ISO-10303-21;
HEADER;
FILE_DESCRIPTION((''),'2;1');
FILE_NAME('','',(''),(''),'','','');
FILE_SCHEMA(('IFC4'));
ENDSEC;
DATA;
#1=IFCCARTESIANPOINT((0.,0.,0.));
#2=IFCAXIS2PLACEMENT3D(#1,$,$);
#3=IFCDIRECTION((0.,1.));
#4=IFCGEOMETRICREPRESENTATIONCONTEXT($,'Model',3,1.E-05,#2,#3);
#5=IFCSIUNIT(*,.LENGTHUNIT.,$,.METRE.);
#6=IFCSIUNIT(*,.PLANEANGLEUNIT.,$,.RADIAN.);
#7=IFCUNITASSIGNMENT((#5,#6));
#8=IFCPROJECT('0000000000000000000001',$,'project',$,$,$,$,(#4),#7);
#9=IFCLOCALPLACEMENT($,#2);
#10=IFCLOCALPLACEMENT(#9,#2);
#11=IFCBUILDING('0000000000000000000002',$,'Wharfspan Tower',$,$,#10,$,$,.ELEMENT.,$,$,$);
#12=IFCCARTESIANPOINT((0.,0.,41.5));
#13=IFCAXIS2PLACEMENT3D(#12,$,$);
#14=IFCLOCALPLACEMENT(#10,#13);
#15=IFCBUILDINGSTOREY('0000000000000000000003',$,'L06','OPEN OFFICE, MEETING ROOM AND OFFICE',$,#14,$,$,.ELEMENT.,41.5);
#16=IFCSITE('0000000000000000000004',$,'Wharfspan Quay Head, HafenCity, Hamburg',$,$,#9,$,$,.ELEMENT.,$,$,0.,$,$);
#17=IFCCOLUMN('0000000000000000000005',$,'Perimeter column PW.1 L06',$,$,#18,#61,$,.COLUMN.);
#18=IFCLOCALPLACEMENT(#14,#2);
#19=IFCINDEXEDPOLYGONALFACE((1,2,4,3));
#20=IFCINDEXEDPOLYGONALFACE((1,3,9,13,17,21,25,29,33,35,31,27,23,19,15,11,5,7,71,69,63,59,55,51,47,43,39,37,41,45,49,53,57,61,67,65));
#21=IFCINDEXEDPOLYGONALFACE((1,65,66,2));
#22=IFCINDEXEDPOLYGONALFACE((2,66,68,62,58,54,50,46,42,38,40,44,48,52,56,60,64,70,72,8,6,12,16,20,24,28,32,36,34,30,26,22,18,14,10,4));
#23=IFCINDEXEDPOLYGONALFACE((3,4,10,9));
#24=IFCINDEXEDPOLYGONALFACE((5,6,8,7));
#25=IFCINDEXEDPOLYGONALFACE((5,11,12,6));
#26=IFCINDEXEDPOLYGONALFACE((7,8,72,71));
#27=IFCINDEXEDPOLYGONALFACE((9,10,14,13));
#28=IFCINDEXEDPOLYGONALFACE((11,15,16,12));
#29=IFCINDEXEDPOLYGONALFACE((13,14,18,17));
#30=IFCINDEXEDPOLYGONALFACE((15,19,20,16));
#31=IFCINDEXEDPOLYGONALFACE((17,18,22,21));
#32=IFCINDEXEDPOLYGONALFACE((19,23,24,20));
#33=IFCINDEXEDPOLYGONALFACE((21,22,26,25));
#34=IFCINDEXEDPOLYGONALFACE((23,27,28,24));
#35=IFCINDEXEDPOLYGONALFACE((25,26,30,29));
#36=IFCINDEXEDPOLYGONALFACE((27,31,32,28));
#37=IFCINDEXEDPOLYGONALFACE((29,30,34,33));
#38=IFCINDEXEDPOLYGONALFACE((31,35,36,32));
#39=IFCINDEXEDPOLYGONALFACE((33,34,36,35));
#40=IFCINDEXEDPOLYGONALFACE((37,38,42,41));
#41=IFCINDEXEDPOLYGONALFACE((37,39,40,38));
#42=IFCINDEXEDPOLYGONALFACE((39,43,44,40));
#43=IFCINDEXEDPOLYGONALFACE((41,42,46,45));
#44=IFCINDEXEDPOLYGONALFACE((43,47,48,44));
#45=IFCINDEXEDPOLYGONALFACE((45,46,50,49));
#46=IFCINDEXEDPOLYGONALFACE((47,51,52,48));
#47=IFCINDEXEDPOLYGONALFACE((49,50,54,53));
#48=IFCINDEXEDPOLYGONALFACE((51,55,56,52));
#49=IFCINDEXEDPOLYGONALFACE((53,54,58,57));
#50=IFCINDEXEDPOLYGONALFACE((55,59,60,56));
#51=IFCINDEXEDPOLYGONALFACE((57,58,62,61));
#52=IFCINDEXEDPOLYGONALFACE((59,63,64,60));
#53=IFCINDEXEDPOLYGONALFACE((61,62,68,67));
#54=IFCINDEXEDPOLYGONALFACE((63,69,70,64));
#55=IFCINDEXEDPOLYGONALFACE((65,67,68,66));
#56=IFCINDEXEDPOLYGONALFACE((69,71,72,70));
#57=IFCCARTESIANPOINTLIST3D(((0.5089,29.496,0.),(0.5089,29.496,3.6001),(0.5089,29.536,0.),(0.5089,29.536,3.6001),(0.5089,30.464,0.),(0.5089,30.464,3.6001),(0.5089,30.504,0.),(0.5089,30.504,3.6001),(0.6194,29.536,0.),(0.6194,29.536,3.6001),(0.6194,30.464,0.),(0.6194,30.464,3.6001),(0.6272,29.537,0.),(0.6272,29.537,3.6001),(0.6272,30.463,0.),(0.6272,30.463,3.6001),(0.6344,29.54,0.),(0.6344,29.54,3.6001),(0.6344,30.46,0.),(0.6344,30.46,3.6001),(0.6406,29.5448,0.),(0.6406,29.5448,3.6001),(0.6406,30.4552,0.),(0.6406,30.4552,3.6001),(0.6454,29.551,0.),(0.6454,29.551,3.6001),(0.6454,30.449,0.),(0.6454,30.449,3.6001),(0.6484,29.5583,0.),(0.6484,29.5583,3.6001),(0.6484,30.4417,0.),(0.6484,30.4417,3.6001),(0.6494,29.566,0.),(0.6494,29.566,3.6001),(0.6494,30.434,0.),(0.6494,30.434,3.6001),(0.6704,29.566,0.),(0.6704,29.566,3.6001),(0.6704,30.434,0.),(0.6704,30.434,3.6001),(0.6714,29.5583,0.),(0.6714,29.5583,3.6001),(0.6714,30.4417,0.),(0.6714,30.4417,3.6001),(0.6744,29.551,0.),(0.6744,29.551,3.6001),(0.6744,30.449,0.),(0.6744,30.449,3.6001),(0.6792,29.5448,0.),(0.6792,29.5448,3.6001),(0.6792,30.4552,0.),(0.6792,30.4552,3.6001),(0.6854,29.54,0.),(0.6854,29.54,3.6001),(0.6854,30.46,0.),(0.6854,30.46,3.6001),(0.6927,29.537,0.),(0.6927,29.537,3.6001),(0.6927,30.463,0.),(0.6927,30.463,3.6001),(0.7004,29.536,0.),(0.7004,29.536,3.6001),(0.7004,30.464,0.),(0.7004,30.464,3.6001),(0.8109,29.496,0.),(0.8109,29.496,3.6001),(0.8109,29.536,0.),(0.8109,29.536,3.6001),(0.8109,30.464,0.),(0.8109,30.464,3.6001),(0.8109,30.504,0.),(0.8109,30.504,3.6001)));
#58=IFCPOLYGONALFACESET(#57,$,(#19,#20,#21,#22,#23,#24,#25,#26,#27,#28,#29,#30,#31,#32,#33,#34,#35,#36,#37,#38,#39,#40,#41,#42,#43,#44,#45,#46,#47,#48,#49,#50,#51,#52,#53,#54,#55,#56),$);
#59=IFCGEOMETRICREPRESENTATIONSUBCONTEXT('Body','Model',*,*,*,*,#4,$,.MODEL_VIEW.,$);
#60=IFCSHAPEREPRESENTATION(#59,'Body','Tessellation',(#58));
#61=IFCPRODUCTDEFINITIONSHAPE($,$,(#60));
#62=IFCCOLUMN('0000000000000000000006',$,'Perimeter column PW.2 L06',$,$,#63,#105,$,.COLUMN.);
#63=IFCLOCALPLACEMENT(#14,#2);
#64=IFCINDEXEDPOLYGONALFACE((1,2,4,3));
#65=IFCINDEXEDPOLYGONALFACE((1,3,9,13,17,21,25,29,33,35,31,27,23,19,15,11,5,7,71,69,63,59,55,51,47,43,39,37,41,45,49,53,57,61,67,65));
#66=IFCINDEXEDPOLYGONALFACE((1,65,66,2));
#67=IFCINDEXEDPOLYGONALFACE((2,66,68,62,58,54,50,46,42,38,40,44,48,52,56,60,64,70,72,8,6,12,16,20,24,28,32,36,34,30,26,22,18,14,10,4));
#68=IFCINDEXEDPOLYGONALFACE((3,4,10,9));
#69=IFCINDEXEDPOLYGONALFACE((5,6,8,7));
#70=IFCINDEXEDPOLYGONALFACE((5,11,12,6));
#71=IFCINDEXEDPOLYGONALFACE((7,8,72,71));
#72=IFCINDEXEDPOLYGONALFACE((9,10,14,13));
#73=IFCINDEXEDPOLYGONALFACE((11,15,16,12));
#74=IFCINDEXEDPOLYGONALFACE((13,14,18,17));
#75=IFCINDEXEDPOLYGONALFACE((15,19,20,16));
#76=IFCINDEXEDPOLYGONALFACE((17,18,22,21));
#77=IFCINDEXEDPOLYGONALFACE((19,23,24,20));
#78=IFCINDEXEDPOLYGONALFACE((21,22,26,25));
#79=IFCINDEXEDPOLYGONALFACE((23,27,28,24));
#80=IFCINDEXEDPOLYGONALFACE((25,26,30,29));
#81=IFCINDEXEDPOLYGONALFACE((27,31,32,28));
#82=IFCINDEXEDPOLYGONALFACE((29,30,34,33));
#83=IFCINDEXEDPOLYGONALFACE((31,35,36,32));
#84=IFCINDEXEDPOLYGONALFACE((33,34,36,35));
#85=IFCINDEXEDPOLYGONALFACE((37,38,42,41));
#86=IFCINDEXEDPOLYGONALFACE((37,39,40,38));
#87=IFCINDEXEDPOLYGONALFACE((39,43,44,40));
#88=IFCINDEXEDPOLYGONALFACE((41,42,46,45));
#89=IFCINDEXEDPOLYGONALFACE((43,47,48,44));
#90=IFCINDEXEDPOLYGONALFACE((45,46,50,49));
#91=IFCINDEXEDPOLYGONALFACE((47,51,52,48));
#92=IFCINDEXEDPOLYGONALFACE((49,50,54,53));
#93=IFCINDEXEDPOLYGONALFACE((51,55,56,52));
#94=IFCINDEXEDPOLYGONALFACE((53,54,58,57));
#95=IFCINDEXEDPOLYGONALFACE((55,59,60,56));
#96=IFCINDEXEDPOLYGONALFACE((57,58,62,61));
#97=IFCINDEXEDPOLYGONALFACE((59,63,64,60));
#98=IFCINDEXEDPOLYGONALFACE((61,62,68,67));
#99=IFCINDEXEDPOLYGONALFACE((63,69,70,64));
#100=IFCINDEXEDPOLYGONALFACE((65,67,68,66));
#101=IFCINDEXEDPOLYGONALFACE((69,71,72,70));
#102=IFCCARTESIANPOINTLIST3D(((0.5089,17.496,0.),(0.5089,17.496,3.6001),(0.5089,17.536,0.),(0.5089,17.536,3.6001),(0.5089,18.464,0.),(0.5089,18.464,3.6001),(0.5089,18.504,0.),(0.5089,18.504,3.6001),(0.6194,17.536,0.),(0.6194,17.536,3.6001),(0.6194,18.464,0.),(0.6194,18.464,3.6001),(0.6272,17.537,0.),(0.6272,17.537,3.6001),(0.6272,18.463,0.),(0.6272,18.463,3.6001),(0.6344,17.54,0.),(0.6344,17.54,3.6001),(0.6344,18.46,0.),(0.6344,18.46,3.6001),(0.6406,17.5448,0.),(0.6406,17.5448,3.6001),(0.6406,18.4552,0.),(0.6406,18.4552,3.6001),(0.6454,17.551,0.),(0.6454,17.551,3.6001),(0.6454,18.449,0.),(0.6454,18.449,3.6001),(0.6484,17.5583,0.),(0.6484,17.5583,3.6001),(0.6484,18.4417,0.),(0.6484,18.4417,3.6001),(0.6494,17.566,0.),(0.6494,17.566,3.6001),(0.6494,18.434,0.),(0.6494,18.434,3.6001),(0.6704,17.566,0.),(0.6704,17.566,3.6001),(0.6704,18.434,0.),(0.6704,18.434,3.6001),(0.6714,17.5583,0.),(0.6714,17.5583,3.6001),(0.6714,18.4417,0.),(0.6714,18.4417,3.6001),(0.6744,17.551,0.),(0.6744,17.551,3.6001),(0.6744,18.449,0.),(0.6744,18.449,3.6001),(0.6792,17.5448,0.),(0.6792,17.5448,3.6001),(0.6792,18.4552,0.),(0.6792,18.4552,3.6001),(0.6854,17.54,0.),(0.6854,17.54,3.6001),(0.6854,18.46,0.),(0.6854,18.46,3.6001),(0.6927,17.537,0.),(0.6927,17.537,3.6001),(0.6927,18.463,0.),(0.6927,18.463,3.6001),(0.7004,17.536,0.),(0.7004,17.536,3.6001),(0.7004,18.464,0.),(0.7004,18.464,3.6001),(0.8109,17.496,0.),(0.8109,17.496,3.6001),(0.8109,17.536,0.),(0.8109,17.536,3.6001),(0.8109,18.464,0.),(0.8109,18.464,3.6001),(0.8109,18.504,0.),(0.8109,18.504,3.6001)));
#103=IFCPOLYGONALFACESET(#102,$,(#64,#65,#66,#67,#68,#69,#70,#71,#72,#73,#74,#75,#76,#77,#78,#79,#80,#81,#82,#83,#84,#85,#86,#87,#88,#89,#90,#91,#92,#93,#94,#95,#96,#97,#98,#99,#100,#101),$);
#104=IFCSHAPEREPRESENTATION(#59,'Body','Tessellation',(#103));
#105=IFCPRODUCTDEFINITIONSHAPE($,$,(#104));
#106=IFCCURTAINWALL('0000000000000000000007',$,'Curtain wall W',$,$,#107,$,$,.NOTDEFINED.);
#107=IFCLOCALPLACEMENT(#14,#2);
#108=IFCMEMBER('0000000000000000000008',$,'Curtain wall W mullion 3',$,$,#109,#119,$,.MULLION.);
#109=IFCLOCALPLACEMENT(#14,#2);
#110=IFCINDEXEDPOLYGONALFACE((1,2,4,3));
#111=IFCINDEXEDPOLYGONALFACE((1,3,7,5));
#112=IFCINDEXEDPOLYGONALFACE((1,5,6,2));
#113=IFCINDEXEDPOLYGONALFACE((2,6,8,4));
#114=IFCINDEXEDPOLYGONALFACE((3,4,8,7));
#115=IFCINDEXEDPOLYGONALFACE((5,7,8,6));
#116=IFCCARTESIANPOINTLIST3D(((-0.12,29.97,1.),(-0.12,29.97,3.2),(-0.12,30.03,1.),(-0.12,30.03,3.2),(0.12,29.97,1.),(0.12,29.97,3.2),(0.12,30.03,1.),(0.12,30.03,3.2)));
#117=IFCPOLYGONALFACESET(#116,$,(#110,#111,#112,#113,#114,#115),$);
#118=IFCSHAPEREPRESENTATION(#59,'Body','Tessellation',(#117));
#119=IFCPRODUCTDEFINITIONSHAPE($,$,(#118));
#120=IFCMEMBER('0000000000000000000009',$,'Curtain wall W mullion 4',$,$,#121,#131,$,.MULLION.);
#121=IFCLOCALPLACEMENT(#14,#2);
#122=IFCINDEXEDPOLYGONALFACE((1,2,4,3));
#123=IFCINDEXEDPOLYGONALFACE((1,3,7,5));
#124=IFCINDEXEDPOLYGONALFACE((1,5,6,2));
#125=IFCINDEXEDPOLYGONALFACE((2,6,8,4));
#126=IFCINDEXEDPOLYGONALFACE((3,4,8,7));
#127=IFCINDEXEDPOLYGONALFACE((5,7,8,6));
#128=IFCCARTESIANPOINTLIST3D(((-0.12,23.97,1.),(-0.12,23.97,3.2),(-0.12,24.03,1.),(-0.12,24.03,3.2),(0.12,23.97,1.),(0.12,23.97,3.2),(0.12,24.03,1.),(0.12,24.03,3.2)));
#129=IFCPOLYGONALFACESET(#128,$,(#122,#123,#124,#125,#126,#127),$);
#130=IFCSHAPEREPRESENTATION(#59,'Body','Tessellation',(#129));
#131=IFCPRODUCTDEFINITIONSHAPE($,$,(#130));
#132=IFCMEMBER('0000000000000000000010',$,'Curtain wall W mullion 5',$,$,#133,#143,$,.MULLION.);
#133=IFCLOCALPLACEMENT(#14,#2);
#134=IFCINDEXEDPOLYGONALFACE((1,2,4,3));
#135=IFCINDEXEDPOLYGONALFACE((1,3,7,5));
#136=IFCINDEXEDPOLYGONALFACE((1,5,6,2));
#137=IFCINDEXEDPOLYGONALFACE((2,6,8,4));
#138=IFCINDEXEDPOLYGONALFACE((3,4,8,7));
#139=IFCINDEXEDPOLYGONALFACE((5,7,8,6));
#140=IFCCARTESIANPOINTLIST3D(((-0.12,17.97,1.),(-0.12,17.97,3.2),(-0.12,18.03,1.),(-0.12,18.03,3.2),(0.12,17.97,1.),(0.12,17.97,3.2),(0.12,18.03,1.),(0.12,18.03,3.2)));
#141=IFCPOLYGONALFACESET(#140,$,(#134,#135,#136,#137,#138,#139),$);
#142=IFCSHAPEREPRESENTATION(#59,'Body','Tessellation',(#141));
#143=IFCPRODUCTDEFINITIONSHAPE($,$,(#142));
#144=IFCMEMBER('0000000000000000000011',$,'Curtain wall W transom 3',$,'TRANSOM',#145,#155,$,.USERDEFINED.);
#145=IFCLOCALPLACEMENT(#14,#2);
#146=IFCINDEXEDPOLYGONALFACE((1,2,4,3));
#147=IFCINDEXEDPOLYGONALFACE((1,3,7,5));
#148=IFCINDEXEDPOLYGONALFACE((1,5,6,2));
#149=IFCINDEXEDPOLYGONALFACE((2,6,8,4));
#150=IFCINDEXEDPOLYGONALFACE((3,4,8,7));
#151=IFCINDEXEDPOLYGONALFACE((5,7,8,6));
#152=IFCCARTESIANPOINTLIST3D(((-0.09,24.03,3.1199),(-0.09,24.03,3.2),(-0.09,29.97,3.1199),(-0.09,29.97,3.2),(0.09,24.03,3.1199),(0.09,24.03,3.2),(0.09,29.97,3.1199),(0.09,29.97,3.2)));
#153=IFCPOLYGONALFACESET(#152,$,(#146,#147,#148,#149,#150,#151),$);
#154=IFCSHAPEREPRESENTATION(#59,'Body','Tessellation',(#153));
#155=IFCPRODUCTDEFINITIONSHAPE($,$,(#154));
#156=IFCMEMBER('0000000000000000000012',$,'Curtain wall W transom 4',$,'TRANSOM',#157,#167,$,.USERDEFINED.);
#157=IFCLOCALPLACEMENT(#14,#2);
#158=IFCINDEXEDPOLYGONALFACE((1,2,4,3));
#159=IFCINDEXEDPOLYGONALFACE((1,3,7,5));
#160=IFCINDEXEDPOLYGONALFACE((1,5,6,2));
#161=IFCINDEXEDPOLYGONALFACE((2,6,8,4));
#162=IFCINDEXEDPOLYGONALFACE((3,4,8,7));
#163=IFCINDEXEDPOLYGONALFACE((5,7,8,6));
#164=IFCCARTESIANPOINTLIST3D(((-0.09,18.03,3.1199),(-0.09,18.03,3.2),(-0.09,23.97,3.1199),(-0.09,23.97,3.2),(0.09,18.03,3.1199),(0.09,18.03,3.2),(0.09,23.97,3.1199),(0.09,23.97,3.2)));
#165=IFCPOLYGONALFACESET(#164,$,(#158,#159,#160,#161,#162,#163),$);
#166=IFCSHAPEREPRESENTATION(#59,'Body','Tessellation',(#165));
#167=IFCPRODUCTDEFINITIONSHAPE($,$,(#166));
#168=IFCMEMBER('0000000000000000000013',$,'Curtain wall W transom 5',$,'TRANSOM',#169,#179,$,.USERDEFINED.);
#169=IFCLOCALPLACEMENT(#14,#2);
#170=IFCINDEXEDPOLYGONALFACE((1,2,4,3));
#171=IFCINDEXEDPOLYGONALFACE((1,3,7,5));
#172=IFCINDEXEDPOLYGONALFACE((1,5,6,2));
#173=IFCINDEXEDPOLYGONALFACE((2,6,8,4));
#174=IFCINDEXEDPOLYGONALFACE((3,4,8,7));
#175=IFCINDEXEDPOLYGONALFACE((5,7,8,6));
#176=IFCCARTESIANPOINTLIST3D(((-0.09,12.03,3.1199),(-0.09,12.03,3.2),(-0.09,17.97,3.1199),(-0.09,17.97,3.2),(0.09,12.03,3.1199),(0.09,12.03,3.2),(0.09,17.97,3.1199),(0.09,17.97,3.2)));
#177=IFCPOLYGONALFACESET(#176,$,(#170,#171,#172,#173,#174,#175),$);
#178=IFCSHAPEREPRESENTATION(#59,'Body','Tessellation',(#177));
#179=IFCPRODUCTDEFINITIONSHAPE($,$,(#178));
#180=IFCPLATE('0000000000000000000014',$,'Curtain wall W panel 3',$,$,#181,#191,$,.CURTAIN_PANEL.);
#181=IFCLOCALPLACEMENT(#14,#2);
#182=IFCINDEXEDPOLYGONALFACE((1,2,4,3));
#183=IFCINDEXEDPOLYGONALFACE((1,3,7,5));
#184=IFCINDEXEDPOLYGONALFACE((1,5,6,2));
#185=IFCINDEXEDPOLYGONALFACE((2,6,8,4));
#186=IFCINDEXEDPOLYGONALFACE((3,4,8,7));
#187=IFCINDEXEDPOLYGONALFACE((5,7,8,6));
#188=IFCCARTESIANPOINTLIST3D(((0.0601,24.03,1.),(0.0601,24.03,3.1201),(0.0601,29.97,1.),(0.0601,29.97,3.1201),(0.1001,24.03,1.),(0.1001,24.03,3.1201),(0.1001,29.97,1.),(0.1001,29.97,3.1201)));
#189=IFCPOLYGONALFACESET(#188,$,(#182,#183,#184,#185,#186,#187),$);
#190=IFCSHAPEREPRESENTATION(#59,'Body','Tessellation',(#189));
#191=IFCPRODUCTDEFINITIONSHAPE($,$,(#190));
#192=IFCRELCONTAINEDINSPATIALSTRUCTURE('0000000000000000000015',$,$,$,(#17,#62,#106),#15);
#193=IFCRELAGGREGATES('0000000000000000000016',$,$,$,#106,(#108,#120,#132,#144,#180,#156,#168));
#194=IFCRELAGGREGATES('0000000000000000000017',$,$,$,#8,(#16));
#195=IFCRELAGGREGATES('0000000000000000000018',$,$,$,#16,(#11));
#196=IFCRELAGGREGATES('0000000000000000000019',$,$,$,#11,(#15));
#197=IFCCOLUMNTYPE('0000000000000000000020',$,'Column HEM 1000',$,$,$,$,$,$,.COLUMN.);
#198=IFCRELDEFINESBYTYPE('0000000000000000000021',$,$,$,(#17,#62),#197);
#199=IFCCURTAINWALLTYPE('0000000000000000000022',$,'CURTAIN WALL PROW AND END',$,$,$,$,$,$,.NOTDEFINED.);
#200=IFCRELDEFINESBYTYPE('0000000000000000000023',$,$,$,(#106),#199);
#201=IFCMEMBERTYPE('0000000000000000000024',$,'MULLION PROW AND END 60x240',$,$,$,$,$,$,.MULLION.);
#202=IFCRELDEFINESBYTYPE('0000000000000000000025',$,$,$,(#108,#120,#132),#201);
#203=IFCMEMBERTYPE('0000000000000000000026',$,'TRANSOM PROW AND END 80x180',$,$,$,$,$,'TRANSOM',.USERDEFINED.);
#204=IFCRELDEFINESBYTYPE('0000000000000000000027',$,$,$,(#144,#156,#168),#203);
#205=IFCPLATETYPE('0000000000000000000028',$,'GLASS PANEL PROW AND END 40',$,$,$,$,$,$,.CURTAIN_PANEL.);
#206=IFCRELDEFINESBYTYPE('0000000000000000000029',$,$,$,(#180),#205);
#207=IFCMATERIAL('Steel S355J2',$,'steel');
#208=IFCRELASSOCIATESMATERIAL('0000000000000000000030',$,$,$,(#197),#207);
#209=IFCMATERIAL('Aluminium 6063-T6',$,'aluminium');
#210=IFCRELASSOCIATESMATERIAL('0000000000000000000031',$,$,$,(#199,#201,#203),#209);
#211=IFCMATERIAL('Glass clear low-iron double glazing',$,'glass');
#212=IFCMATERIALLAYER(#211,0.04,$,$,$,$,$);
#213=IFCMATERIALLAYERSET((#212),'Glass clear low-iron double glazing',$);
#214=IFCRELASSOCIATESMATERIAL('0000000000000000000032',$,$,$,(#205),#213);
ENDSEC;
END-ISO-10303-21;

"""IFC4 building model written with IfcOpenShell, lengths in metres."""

from ifc_helpers import new_model, si_unit, direction, frame, origin, origin_2d, place, context, subcontext, project, spatial, rectangle, i_section, extrude, material, layer, layer_set, material_profile, profile_set, type_object, element, aggregate, save


model = new_model("IFC4")

# Units and contexts
model_context = context("Model", 3, precision=1e-05, world=origin(), true_north=direction((0.0, 1.0)))
body_context = subcontext(model_context, "Body", "Model", "MODEL_VIEW")
ifc_project = project(units=[si_unit("LENGTHUNIT", "METRE"), si_unit("PLANEANGLEUNIT", "RADIAN")], contexts=[model_context])

# Site, building, storey
site_placement = place(None, origin())
site = spatial("IfcSite", under=ifc_project, at=site_placement, Name="Wharfspan Quay Head, HafenCity, Hamburg", CompositionType="ELEMENT", RefElevation=0.0)
building_placement = place(site_placement, origin())
building = spatial("IfcBuilding", under=site, at=building_placement, Name="Wharfspan Tower", CompositionType="ELEMENT")
storey_placement = place(building_placement, frame((0.0, 0.0, 41.5)))
storey = spatial("IfcBuildingStorey", under=building, at=storey_placement, Name="L06", Description="OPEN OFFICE, MEETING ROOM AND OFFICE", CompositionType="ELEMENT", Elevation=41.5)

# Columns
ifc_material_1 = material(Name="Steel S355J2", Category="steel")
ifc_material_profile_1 = material_profile(ifc_material_1, i_section(OverallWidth=0.302, OverallDepth=1.0081, WebThickness=0.021, FlangeThickness=0.04, FilletRadius=0.03, at=origin_2d()))
ifc_profile_set_1 = profile_set([ifc_material_profile_1], Name="Steel S355J2")
column_type = type_object("IfcColumnType", Name="Column HEM 1000", PredefinedType="COLUMN", material=ifc_profile_set_1)
for number, where, z_axis, x_axis, name in (
    (1, (0.6599, 30.0, 0.0), (0.0, 0.0, 1.0), (-1.0, 0.0, 0.0), "Perimeter column PW.1 L06"),
    (2, (0.6599, 18.0, 0.0), (0.0, 0.0, 1.0), (-1.0, 0.0, 0.0), "Perimeter column PW.2 L06"),
):
    element("IfcColumn", number, at=place(storey_placement, frame(where, z_axis=z_axis, x_axis=x_axis)), inside=storey, type_object=column_type, Name=name, PredefinedType="COLUMN", context=body_context, shape_type="SweptSolid", body=[
        extrude(i_section(OverallWidth=0.302, OverallDepth=1.0081, WebThickness=0.021, FlangeThickness=0.04, FilletRadius=0.03, at=origin_2d()), origin(), (0.0, 0.0, 1.0), 3.6001),
    ])

# Curtain wall, members, plate
ifc_material_2 = material(Name="Aluminium 6063-T6", Category="aluminium")
curtain_wall_type = type_object("IfcCurtainWallType", Name="CURTAIN WALL PROW AND END", PredefinedType="NOTDEFINED", material=ifc_material_2)
curtain_wall_placement = place(storey_placement, origin())
curtain_wall = element("IfcCurtainWall", 3, at=curtain_wall_placement, inside=storey, type_object=curtain_wall_type, Name="Curtain wall W", PredefinedType="NOTDEFINED")
ifc_material_profile_2 = material_profile(ifc_material_2, rectangle(XDim=0.24, YDim=0.0601, at=origin_2d()))
ifc_profile_set_2 = profile_set([ifc_material_profile_2], Name="Aluminium 6063-T6")
member_type_1 = type_object("IfcMemberType", Name="MULLION PROW AND END 60x240", PredefinedType="MULLION", material=ifc_profile_set_2)
member_1_placement = place(storey_placement, frame((0.0, 30.0, 1.0), z_axis=(0.0, 0.0, 1.0), x_axis=(1.0, 0.0, 0.0)))
member_1 = element("IfcMember", 4, at=member_1_placement, type_object=member_type_1, Name="Curtain wall W mullion 3", PredefinedType="MULLION", context=body_context, shape_type="SweptSolid", body=[
    extrude(rectangle(XDim=0.24, YDim=0.0601, at=origin_2d()), origin(), (0.0, 0.0, 1.0), 2.2),
])
member_2_placement = place(storey_placement, frame((0.0, 24.0, 1.0), z_axis=(0.0, 0.0, 1.0), x_axis=(1.0, 0.0, 0.0)))
member_2 = element("IfcMember", 5, at=member_2_placement, type_object=member_type_1, Name="Curtain wall W mullion 4", PredefinedType="MULLION", context=body_context, shape_type="SweptSolid", body=[
    extrude(rectangle(XDim=0.24, YDim=0.0601, at=origin_2d()), origin(), (0.0, 0.0, 1.0), 2.2),
])
member_3_placement = place(storey_placement, frame((0.0, 18.0, 1.0), z_axis=(0.0, 0.0, 1.0), x_axis=(1.0, 0.0, 0.0)))
member_3 = element("IfcMember", 6, at=member_3_placement, type_object=member_type_1, Name="Curtain wall W mullion 5", PredefinedType="MULLION", context=body_context, shape_type="SweptSolid", body=[
    extrude(rectangle(XDim=0.24, YDim=0.0601, at=origin_2d()), origin(), (0.0, 0.0, 1.0), 2.2),
])
ifc_material_profile_3 = material_profile(ifc_material_2, rectangle(XDim=0.1799, YDim=0.0801, at=origin_2d()))
ifc_profile_set_3 = profile_set([ifc_material_profile_3], Name="Aluminium 6063-T6")
member_type_2 = type_object("IfcMemberType", Name="TRANSOM PROW AND END 80x180", ElementType="TRANSOM", PredefinedType="USERDEFINED", material=ifc_profile_set_3)
member_4_placement = place(storey_placement, frame((0.0, 29.97, 3.1599), z_axis=(0.0, -1.0, 0.0), x_axis=(1.0, 0.0, 0.0)))
member_4 = element("IfcMember", 7, at=member_4_placement, type_object=member_type_2, Name="Curtain wall W transom 3", ObjectType="TRANSOM", PredefinedType="USERDEFINED", context=body_context, shape_type="SweptSolid", body=[
    extrude(rectangle(XDim=0.1799, YDim=0.0801, at=origin_2d()), origin(), (0.0, 0.0, 1.0), 5.9399),
])
member_5_placement = place(storey_placement, frame((0.0, 23.97, 3.1599), z_axis=(0.0, -1.0, 0.0), x_axis=(1.0, 0.0, 0.0)))
member_5 = element("IfcMember", 8, at=member_5_placement, type_object=member_type_2, Name="Curtain wall W transom 4", ObjectType="TRANSOM", PredefinedType="USERDEFINED", context=body_context, shape_type="SweptSolid", body=[
    extrude(rectangle(XDim=0.1799, YDim=0.0801, at=origin_2d()), origin(), (0.0, 0.0, 1.0), 5.9399),
])
member_6_placement = place(storey_placement, frame((0.0, 17.97, 3.1599), z_axis=(0.0, -1.0, 0.0), x_axis=(1.0, 0.0, 0.0)))
member_6 = element("IfcMember", 9, at=member_6_placement, type_object=member_type_2, Name="Curtain wall W transom 5", ObjectType="TRANSOM", PredefinedType="USERDEFINED", context=body_context, shape_type="SweptSolid", body=[
    extrude(rectangle(XDim=0.1799, YDim=0.0801, at=origin_2d()), origin(), (0.0, 0.0, 1.0), 5.9399),
])
ifc_material_3 = material(Name="Glass clear low-iron double glazing", Category="glass")
ifc_layer_1 = layer(ifc_material_3, 0.04)
ifc_layer_set_1 = layer_set([ifc_layer_1], Name="Glass clear low-iron double glazing")
plate_type = type_object("IfcPlateType", Name="GLASS PANEL PROW AND END 40", PredefinedType="CURTAIN_PANEL", material=ifc_layer_set_1)
plate_1_placement = place(storey_placement, frame((0.0801, 27.0, 1.0), z_axis=(0.0, 0.0, 1.0), x_axis=(0.0, -1.0, 0.0)))
plate_1 = element("IfcPlate", 10, at=plate_1_placement, type_object=plate_type, Name="Curtain wall W panel 3", PredefinedType="CURTAIN_PANEL", context=body_context, shape_type="SweptSolid", body=[
    extrude(rectangle(XDim=5.9399, YDim=0.04, at=origin_2d()), origin(), (0.0, 0.0, 1.0), 2.1201),
])
aggregate(curtain_wall, [member_1, member_2, member_3, member_4, plate_1, member_5, member_6])

save(model, "model.ifc")
